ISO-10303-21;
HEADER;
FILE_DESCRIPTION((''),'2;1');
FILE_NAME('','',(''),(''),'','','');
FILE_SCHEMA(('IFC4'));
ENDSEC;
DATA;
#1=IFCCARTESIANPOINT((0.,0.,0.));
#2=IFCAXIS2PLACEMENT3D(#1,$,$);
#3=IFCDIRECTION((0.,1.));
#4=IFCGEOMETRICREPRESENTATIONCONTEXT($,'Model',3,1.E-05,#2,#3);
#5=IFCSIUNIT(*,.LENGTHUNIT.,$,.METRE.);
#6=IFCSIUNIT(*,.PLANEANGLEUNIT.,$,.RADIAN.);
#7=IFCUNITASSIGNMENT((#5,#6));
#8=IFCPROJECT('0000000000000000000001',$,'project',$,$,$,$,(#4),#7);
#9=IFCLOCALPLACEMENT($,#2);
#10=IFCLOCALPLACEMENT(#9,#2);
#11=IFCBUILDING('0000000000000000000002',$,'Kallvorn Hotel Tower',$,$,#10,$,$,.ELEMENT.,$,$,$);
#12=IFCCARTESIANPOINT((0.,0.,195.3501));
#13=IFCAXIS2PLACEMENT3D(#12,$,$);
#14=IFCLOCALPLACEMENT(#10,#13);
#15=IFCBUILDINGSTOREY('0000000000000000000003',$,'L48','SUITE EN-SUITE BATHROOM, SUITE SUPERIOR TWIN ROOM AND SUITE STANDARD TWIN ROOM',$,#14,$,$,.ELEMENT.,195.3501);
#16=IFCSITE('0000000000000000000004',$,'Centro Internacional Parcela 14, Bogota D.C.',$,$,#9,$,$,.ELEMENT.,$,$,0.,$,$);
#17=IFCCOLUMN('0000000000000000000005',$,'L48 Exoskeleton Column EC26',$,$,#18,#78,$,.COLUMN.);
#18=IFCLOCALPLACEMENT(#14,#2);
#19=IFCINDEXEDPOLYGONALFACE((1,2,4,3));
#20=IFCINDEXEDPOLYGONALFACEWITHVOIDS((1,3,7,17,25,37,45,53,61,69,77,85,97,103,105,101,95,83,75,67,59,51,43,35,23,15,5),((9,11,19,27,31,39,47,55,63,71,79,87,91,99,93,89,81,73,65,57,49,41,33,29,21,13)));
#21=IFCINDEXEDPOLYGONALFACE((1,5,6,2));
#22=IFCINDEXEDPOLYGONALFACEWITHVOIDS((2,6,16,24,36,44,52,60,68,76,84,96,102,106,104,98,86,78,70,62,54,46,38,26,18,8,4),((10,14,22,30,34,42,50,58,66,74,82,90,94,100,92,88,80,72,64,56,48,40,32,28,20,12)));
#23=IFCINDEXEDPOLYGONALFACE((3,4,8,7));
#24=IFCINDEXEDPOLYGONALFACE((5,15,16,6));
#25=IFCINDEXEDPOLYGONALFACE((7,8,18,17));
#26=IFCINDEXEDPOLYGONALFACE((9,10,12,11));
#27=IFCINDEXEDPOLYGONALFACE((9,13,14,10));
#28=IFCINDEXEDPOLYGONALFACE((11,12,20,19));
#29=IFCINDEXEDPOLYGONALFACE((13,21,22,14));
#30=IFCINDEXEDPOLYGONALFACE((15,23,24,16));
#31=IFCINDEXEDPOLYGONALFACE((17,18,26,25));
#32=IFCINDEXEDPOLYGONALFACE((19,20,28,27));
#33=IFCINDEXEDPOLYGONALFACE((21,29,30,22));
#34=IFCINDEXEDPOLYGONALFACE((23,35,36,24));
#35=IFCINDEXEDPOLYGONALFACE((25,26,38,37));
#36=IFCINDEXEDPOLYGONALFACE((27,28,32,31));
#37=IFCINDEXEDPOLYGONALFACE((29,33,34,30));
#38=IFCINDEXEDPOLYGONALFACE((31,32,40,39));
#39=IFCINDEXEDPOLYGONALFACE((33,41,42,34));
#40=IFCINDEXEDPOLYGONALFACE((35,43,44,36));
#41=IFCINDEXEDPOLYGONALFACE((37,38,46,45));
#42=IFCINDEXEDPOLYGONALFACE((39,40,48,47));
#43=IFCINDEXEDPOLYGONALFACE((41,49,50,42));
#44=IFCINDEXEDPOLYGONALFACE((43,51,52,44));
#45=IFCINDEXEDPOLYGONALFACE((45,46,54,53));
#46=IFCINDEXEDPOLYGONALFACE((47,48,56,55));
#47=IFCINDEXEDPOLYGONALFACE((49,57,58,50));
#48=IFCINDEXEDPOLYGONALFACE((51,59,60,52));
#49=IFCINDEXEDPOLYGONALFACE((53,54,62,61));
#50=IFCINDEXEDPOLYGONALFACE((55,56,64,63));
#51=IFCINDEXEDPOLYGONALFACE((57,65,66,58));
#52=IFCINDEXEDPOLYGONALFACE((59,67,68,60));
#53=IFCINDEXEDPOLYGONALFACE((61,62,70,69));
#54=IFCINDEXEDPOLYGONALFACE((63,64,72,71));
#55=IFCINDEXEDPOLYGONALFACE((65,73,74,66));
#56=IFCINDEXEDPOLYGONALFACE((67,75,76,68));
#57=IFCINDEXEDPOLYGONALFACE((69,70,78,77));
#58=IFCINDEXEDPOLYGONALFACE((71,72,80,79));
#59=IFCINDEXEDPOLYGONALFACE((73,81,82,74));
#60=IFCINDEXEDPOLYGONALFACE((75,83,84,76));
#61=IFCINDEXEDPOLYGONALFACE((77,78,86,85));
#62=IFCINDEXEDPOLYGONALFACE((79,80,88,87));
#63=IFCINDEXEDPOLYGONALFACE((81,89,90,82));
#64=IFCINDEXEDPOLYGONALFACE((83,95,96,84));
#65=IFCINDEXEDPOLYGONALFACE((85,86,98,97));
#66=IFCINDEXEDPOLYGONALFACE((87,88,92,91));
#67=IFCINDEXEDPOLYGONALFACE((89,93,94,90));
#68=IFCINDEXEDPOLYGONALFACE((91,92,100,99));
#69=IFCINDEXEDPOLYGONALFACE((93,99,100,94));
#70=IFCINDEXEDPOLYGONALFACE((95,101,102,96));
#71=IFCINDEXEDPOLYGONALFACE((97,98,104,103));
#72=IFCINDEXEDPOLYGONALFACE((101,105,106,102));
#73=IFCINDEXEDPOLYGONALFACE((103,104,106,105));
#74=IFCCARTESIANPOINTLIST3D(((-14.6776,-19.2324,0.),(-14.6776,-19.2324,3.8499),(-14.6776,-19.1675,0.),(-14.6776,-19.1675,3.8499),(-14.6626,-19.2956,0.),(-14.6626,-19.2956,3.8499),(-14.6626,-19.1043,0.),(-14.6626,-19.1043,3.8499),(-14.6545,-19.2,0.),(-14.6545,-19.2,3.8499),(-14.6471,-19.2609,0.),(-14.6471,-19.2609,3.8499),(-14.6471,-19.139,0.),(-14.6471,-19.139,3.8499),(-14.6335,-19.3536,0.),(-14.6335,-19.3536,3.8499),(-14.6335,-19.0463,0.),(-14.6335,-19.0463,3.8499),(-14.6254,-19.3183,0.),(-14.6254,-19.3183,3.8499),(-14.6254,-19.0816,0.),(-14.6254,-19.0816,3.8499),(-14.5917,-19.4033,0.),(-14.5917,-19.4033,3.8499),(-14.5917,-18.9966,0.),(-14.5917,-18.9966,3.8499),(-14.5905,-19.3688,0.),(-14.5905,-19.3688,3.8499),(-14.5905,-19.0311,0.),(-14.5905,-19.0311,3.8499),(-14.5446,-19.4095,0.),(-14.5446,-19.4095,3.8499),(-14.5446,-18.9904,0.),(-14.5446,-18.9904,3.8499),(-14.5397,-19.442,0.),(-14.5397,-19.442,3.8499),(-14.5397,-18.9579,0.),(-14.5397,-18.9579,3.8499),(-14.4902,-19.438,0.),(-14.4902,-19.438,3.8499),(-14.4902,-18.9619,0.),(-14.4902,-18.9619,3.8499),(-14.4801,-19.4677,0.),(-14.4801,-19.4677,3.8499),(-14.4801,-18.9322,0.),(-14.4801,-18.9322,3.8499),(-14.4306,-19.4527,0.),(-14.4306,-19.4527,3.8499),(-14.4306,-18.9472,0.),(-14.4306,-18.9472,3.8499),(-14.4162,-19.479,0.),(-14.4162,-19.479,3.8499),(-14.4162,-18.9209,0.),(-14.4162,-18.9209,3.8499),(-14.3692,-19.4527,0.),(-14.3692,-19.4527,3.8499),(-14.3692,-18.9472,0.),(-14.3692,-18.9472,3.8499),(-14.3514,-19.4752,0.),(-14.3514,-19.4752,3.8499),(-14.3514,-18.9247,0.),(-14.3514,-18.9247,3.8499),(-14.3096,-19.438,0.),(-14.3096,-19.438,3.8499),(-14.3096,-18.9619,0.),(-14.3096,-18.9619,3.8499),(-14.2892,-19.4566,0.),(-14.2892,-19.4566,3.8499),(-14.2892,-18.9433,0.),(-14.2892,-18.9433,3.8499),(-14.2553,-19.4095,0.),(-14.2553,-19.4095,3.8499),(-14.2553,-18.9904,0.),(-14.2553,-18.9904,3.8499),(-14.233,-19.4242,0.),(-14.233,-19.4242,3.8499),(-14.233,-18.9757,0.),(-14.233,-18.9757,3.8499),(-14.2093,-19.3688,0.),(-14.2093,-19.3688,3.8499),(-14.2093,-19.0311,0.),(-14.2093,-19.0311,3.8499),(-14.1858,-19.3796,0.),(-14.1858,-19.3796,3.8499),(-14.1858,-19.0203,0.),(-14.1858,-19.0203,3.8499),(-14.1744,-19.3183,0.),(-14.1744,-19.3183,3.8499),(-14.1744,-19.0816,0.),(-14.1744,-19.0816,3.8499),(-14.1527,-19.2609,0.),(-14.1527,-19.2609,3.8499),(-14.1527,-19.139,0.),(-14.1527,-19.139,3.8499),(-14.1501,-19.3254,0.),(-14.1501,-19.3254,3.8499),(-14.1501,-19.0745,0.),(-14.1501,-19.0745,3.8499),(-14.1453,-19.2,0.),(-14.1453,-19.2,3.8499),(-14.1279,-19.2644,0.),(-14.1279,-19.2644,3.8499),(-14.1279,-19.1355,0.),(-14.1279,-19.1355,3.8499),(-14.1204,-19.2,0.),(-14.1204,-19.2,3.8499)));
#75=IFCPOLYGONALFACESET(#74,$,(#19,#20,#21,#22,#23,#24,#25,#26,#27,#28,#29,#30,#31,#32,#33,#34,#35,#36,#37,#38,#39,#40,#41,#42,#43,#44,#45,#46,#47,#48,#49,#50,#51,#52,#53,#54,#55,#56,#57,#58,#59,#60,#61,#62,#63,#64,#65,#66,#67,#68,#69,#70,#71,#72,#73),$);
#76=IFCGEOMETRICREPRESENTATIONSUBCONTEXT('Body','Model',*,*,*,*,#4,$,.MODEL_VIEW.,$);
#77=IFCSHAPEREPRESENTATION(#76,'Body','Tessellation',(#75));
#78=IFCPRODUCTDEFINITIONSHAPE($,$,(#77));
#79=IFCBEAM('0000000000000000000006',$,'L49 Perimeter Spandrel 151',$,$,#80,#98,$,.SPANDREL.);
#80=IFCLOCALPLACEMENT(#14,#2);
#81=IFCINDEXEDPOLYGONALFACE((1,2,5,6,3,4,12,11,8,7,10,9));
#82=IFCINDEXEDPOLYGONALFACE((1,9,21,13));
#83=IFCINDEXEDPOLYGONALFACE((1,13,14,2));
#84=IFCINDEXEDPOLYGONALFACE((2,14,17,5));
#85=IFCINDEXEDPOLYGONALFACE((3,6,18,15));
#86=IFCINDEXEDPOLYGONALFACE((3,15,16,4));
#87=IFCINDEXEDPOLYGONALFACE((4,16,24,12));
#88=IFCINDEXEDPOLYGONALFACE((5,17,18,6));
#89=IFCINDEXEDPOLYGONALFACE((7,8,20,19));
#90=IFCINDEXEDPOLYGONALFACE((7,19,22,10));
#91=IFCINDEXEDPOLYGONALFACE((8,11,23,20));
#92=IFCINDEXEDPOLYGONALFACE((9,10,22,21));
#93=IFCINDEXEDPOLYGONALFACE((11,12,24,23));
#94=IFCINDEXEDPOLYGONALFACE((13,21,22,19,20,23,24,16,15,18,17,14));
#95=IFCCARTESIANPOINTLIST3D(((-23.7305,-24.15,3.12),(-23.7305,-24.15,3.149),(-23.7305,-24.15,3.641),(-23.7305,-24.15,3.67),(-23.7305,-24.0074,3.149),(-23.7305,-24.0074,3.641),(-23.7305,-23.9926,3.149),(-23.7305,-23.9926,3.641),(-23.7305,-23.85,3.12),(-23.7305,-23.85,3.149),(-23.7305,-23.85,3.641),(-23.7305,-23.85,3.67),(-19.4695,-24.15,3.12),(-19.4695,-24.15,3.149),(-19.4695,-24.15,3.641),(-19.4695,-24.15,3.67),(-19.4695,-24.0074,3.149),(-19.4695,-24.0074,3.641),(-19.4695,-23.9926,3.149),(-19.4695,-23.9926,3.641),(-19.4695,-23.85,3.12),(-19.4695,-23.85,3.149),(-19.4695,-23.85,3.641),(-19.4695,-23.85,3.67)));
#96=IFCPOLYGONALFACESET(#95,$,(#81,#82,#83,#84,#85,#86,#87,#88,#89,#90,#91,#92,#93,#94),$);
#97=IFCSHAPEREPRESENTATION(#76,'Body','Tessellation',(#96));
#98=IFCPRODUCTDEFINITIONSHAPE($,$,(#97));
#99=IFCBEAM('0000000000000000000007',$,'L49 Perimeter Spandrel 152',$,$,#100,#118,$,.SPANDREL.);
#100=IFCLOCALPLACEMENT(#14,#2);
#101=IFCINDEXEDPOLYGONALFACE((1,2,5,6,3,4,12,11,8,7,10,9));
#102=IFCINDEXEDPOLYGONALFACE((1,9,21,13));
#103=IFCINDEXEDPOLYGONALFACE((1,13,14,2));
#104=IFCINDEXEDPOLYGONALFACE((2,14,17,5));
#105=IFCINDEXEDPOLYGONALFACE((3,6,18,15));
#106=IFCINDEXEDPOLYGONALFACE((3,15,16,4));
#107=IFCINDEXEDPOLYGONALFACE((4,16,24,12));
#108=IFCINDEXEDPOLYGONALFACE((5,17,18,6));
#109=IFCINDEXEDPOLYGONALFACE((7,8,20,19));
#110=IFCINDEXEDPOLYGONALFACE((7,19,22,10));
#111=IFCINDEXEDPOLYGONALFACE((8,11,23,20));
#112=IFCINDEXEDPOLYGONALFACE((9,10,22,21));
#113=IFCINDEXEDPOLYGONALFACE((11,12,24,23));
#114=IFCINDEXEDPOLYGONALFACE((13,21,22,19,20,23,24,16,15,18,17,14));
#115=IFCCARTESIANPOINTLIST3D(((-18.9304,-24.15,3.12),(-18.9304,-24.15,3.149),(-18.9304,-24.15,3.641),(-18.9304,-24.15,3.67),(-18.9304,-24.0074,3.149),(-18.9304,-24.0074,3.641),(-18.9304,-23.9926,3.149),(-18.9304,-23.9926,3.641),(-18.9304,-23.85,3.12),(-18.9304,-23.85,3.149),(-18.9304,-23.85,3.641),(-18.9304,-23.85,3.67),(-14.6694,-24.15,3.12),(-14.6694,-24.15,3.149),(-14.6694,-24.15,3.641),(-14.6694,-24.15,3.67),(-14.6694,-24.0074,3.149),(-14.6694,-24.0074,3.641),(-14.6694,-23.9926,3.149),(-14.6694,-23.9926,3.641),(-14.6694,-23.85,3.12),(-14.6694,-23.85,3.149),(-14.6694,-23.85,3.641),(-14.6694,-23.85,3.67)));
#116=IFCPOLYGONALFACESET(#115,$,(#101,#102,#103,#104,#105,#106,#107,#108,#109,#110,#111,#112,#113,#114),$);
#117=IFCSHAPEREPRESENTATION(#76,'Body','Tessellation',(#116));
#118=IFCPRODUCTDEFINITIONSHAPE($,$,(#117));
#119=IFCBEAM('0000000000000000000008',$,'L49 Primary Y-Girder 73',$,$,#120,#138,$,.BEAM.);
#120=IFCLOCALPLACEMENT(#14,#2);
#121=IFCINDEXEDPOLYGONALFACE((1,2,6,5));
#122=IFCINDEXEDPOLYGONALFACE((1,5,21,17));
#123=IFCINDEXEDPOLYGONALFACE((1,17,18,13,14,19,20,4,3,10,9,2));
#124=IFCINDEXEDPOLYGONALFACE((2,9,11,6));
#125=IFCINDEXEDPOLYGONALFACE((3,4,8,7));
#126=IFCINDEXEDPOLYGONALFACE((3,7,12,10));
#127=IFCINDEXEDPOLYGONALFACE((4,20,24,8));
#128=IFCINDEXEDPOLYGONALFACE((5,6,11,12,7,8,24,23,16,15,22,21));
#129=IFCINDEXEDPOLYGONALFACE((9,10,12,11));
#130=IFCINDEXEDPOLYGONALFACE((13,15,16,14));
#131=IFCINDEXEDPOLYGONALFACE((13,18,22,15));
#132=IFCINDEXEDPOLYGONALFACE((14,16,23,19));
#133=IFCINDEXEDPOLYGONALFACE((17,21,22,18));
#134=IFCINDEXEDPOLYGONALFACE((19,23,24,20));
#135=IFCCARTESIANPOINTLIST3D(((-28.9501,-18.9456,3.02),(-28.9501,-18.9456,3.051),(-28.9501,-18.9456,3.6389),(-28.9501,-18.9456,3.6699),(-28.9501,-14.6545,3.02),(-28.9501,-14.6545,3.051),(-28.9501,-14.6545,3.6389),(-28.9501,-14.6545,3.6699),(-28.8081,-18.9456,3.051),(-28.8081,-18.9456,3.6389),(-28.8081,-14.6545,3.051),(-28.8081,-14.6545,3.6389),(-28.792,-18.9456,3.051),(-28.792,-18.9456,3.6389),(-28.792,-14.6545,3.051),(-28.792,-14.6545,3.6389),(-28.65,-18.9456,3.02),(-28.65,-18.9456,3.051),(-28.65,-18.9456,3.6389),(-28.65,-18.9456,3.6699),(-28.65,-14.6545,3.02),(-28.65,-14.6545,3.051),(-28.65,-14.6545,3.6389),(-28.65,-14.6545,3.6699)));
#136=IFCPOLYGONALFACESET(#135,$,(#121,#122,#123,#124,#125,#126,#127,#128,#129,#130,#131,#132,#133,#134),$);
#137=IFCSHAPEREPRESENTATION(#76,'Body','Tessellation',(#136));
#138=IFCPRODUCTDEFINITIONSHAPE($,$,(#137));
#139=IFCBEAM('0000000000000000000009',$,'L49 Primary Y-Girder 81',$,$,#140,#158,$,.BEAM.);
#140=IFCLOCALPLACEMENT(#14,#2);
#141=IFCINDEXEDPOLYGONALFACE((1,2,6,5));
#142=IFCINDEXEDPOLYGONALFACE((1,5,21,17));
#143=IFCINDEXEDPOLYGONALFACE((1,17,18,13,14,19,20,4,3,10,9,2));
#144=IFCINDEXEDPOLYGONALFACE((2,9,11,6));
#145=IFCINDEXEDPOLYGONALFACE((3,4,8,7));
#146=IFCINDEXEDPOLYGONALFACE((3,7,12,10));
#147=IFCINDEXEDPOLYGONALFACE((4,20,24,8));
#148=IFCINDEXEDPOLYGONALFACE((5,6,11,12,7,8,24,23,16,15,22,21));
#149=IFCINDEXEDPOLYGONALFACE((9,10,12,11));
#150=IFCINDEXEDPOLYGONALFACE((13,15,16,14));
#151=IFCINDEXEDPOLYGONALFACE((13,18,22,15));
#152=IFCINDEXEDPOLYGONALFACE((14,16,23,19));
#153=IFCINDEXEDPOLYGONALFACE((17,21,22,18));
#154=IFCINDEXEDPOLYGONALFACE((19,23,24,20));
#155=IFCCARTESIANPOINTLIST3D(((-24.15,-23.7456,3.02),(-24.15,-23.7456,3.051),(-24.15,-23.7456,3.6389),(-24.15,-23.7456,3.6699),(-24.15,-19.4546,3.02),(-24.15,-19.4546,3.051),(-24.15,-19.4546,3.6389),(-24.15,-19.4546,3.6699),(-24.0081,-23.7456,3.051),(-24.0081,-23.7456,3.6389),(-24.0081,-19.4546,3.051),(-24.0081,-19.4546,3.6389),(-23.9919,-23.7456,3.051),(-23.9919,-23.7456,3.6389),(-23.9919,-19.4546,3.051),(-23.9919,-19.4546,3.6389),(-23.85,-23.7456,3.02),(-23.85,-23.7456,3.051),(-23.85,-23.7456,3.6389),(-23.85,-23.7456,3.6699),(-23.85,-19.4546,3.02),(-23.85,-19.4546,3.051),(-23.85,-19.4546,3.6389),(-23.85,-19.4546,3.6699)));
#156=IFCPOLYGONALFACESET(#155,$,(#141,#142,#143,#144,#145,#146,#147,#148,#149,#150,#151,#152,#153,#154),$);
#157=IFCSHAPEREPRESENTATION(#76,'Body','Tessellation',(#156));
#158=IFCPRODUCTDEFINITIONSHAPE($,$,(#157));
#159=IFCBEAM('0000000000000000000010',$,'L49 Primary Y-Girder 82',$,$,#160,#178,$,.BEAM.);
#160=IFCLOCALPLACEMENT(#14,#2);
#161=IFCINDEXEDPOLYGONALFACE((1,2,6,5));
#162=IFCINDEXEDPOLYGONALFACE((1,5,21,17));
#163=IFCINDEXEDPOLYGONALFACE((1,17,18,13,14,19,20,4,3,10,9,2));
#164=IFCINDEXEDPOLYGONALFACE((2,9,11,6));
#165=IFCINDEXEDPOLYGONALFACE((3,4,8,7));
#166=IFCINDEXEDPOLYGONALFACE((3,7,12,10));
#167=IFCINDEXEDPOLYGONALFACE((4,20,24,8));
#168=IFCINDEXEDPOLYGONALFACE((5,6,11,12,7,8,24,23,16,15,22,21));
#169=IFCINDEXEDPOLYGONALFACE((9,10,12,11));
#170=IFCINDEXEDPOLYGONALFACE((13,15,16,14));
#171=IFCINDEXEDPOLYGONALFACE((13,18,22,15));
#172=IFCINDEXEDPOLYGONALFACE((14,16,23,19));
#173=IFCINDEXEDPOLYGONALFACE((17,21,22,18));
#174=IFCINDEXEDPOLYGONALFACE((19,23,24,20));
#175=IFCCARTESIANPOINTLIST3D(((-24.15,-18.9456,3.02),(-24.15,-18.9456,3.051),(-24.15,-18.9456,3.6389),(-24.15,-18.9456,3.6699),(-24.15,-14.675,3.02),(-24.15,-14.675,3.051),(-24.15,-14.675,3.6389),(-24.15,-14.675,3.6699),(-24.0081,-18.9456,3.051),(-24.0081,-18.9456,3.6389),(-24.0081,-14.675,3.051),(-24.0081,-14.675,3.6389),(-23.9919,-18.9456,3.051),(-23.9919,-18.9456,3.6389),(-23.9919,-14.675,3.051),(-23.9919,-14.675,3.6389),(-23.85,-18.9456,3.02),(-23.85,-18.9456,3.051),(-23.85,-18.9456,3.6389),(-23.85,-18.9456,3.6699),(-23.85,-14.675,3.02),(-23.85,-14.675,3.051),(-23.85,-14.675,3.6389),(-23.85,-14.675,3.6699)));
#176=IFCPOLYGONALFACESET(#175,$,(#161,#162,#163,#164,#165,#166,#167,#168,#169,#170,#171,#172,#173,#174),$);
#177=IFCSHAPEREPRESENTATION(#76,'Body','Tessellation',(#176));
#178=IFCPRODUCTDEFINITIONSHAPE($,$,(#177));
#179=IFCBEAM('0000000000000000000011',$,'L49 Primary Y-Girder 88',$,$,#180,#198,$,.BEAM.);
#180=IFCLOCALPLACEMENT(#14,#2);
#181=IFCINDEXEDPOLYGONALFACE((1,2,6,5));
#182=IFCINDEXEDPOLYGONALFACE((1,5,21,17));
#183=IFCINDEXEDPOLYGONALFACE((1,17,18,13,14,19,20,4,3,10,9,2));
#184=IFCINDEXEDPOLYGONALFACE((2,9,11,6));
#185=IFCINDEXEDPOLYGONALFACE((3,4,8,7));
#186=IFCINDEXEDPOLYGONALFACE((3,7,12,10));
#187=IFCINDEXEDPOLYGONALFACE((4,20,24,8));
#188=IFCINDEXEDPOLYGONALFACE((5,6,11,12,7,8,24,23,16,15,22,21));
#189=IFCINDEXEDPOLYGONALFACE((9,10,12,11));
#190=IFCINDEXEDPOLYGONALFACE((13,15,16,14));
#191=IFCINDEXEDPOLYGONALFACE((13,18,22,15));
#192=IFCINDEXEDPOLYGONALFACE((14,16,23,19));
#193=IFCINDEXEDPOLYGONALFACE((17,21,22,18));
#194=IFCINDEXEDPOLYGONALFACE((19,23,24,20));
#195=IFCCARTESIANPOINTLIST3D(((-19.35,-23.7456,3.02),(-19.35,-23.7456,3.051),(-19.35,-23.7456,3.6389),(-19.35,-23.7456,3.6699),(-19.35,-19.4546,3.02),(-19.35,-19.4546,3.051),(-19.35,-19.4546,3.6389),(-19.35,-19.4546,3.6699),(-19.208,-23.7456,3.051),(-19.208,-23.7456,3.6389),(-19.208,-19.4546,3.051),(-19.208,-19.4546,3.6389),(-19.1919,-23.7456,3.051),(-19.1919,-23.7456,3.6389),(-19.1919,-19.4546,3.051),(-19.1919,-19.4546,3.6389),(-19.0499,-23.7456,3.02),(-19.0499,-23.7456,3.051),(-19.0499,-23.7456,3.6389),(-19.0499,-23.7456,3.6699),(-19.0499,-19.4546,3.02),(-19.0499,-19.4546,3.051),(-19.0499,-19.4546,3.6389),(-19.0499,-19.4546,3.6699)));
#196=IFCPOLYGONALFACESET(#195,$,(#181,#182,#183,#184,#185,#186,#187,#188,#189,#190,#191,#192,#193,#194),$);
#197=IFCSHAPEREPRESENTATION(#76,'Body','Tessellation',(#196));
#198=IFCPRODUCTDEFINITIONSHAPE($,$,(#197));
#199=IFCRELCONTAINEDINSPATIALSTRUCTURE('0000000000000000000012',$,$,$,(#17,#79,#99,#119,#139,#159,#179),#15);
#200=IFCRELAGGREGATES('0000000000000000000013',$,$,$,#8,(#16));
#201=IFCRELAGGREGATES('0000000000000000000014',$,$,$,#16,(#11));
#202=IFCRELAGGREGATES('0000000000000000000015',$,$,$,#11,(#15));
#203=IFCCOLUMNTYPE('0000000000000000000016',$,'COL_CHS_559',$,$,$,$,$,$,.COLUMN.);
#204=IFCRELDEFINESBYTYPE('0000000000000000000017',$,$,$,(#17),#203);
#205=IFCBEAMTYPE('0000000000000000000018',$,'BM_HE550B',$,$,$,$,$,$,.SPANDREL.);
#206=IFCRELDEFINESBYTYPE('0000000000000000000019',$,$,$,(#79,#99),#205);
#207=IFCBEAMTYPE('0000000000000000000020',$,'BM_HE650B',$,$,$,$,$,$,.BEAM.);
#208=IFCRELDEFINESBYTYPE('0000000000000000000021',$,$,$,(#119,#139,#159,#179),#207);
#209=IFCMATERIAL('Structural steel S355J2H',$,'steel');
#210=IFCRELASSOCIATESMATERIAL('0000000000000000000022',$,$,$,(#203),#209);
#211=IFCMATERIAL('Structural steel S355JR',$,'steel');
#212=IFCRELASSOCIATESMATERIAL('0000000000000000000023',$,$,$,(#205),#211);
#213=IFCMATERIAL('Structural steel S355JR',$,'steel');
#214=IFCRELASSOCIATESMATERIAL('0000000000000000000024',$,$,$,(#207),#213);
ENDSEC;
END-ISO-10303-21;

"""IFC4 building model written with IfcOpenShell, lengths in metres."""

from ifc_helpers import new_model, si_unit, direction, frame, origin, origin_2d, place, context, subcontext, project, spatial, hollow_circle, i_section, extrude, material, material_profile, profile_set, type_object, element, save


model = new_model("IFC4")

# Units and contexts
model_context = context("Model", 3, precision=1e-05, world=origin(), true_north=direction((0.0, 1.0)))
body_context = subcontext(model_context, "Body", "Model", "MODEL_VIEW")
ifc_project = project(units=[si_unit("LENGTHUNIT", "METRE"), si_unit("PLANEANGLEUNIT", "RADIAN")], contexts=[model_context])

# Site, building, storey
site_placement = place(None, origin())
site = spatial("IfcSite", under=ifc_project, at=site_placement, Name="Centro Internacional Parcela 14, Bogota D.C.", CompositionType="ELEMENT", RefElevation=0.0)
building_placement = place(site_placement, origin())
building = spatial("IfcBuilding", under=site, at=building_placement, Name="Kallvorn Hotel Tower", CompositionType="ELEMENT")
storey_placement = place(building_placement, frame((0.0, 0.0, 195.3501)))
storey = spatial("IfcBuildingStorey", under=building, at=storey_placement, Name="L48", Description="SUITE EN-SUITE BATHROOM, SUITE SUPERIOR TWIN ROOM AND SUITE STANDARD TWIN ROOM", CompositionType="ELEMENT", Elevation=195.3501)

# Column
ifc_material_1 = material(Name="Structural steel S355J2H", Category="steel")
ifc_material_profile_1 = material_profile(ifc_material_1, hollow_circle(Radius=0.2795, WallThickness=0.0249, at=origin_2d()), Name="CHS 559x25")
ifc_profile_set_1 = profile_set([ifc_material_profile_1], Name="Structural steel S355J2H")
column_type = type_object("IfcColumnType", Name="COL_CHS_559", PredefinedType="COLUMN", material=ifc_profile_set_1)
for number, where, z_axis, x_axis, name in (
    (1, (-14.3999, -19.2, 0.0), (0.0, 0.0, 1.0), (1.0, 0.0, 0.0), "L48 Exoskeleton Column EC26"),
):
    element("IfcColumn", number, at=place(storey_placement, frame(where, z_axis=z_axis, x_axis=x_axis)), inside=storey, type_object=column_type, Name=name, PredefinedType="COLUMN", context=body_context, shape_type="SweptSolid", body=[
        extrude(hollow_circle(Radius=0.2795, WallThickness=0.0249, at=origin_2d()), origin(), (0.0, 0.0, 1.0), 3.8499),
    ])

# Beams
ifc_material_2 = material(Name="Structural steel S355JR", Category="steel")
ifc_material_profile_2 = material_profile(ifc_material_2, i_section(OverallWidth=0.3, OverallDepth=0.55, WebThickness=0.0149, FlangeThickness=0.0291, at=origin_2d()), Name="HE 550 B")
ifc_profile_set_2 = profile_set([ifc_material_profile_2], Name="Structural steel S355JR")
beam_type_1 = type_object("IfcBeamType", Name="BM_HE550B", PredefinedType="SPANDREL", material=ifc_profile_set_2)
for number, where, z_axis, x_axis, name in (
    (2, (-23.7305, -24.0, 3.395), (1.0, 0.0, 0.0), (0.0, 1.0, 0.0), "L49 Perimeter Spandrel 151"),
    (3, (-18.9304, -24.0, 3.395), (1.0, 0.0, 0.0), (0.0, 1.0, 0.0), "L49 Perimeter Spandrel 152"),
):
    element("IfcBeam", number, at=place(storey_placement, frame(where, z_axis=z_axis, x_axis=x_axis)), inside=storey, type_object=beam_type_1, Name=name, PredefinedType="SPANDREL", context=body_context, shape_type="SweptSolid", body=[
        extrude(i_section(OverallWidth=0.3, OverallDepth=0.55, WebThickness=0.0149, FlangeThickness=0.0291, at=origin_2d()), origin(), (0.0, 0.0, 1.0), 4.261),
    ])
ifc_material_3 = material(Name="Structural steel S355JR", Category="steel")
ifc_material_profile_3 = material_profile(ifc_material_3, i_section(OverallWidth=0.3, OverallDepth=0.6499, WebThickness=0.0161, FlangeThickness=0.031, at=origin_2d()), Name="HE 650 B")
ifc_profile_set_3 = profile_set([ifc_material_profile_3], Name="Structural steel S355JR")
beam_type_2 = type_object("IfcBeamType", Name="BM_HE650B", PredefinedType="BEAM", material=ifc_profile_set_3)
for number, where, z_axis, x_axis, name in (
    (4, (-28.8, -18.9456, 3.345), (0.0, 1.0, 0.0), (-1.0, 0.0, 0.0), "L49 Primary Y-Girder 73"),
    (5, (-24.0, -23.7456, 3.345), (0.0, 1.0, 0.0), (-1.0, 0.0, 0.0), "L49 Primary Y-Girder 81"),
):
    element("IfcBeam", number, at=place(storey_placement, frame(where, z_axis=z_axis, x_axis=x_axis)), inside=storey, type_object=beam_type_2, Name=name, PredefinedType="BEAM", context=body_context, shape_type="SweptSolid", body=[
        extrude(i_section(OverallWidth=0.3, OverallDepth=0.6499, WebThickness=0.0161, FlangeThickness=0.031, at=origin_2d()), origin(), (0.0, 0.0, 1.0), 4.291),
    ])
beam_1_placement = place(storey_placement, frame((-24.0, -18.9456, 3.345), z_axis=(0.0, 1.0, 0.0), x_axis=(-1.0, 0.0, 0.0)))
element("IfcBeam", 6, at=beam_1_placement, inside=storey, type_object=beam_type_2, Name="L49 Primary Y-Girder 82", PredefinedType="BEAM", context=body_context, shape_type="SweptSolid", body=[
    extrude(i_section(OverallWidth=0.3, OverallDepth=0.6499, WebThickness=0.0161, FlangeThickness=0.031, at=origin_2d()), origin(), (0.0, 0.0, 1.0), 4.2705),
])
for number, where, z_axis, x_axis, name in (
    (7, (-19.2, -23.7456, 3.345), (0.0, 1.0, 0.0), (-1.0, 0.0, 0.0), "L49 Primary Y-Girder 88"),
):
    element("IfcBeam", number, at=place(storey_placement, frame(where, z_axis=z_axis, x_axis=x_axis)), inside=storey, type_object=beam_type_2, Name=name, PredefinedType="BEAM", context=body_context, shape_type="SweptSolid", body=[
        extrude(i_section(OverallWidth=0.3, OverallDepth=0.6499, WebThickness=0.0161, FlangeThickness=0.031, at=origin_2d()), origin(), (0.0, 0.0, 1.0), 4.291),
    ])

save(model, "model.ifc")
